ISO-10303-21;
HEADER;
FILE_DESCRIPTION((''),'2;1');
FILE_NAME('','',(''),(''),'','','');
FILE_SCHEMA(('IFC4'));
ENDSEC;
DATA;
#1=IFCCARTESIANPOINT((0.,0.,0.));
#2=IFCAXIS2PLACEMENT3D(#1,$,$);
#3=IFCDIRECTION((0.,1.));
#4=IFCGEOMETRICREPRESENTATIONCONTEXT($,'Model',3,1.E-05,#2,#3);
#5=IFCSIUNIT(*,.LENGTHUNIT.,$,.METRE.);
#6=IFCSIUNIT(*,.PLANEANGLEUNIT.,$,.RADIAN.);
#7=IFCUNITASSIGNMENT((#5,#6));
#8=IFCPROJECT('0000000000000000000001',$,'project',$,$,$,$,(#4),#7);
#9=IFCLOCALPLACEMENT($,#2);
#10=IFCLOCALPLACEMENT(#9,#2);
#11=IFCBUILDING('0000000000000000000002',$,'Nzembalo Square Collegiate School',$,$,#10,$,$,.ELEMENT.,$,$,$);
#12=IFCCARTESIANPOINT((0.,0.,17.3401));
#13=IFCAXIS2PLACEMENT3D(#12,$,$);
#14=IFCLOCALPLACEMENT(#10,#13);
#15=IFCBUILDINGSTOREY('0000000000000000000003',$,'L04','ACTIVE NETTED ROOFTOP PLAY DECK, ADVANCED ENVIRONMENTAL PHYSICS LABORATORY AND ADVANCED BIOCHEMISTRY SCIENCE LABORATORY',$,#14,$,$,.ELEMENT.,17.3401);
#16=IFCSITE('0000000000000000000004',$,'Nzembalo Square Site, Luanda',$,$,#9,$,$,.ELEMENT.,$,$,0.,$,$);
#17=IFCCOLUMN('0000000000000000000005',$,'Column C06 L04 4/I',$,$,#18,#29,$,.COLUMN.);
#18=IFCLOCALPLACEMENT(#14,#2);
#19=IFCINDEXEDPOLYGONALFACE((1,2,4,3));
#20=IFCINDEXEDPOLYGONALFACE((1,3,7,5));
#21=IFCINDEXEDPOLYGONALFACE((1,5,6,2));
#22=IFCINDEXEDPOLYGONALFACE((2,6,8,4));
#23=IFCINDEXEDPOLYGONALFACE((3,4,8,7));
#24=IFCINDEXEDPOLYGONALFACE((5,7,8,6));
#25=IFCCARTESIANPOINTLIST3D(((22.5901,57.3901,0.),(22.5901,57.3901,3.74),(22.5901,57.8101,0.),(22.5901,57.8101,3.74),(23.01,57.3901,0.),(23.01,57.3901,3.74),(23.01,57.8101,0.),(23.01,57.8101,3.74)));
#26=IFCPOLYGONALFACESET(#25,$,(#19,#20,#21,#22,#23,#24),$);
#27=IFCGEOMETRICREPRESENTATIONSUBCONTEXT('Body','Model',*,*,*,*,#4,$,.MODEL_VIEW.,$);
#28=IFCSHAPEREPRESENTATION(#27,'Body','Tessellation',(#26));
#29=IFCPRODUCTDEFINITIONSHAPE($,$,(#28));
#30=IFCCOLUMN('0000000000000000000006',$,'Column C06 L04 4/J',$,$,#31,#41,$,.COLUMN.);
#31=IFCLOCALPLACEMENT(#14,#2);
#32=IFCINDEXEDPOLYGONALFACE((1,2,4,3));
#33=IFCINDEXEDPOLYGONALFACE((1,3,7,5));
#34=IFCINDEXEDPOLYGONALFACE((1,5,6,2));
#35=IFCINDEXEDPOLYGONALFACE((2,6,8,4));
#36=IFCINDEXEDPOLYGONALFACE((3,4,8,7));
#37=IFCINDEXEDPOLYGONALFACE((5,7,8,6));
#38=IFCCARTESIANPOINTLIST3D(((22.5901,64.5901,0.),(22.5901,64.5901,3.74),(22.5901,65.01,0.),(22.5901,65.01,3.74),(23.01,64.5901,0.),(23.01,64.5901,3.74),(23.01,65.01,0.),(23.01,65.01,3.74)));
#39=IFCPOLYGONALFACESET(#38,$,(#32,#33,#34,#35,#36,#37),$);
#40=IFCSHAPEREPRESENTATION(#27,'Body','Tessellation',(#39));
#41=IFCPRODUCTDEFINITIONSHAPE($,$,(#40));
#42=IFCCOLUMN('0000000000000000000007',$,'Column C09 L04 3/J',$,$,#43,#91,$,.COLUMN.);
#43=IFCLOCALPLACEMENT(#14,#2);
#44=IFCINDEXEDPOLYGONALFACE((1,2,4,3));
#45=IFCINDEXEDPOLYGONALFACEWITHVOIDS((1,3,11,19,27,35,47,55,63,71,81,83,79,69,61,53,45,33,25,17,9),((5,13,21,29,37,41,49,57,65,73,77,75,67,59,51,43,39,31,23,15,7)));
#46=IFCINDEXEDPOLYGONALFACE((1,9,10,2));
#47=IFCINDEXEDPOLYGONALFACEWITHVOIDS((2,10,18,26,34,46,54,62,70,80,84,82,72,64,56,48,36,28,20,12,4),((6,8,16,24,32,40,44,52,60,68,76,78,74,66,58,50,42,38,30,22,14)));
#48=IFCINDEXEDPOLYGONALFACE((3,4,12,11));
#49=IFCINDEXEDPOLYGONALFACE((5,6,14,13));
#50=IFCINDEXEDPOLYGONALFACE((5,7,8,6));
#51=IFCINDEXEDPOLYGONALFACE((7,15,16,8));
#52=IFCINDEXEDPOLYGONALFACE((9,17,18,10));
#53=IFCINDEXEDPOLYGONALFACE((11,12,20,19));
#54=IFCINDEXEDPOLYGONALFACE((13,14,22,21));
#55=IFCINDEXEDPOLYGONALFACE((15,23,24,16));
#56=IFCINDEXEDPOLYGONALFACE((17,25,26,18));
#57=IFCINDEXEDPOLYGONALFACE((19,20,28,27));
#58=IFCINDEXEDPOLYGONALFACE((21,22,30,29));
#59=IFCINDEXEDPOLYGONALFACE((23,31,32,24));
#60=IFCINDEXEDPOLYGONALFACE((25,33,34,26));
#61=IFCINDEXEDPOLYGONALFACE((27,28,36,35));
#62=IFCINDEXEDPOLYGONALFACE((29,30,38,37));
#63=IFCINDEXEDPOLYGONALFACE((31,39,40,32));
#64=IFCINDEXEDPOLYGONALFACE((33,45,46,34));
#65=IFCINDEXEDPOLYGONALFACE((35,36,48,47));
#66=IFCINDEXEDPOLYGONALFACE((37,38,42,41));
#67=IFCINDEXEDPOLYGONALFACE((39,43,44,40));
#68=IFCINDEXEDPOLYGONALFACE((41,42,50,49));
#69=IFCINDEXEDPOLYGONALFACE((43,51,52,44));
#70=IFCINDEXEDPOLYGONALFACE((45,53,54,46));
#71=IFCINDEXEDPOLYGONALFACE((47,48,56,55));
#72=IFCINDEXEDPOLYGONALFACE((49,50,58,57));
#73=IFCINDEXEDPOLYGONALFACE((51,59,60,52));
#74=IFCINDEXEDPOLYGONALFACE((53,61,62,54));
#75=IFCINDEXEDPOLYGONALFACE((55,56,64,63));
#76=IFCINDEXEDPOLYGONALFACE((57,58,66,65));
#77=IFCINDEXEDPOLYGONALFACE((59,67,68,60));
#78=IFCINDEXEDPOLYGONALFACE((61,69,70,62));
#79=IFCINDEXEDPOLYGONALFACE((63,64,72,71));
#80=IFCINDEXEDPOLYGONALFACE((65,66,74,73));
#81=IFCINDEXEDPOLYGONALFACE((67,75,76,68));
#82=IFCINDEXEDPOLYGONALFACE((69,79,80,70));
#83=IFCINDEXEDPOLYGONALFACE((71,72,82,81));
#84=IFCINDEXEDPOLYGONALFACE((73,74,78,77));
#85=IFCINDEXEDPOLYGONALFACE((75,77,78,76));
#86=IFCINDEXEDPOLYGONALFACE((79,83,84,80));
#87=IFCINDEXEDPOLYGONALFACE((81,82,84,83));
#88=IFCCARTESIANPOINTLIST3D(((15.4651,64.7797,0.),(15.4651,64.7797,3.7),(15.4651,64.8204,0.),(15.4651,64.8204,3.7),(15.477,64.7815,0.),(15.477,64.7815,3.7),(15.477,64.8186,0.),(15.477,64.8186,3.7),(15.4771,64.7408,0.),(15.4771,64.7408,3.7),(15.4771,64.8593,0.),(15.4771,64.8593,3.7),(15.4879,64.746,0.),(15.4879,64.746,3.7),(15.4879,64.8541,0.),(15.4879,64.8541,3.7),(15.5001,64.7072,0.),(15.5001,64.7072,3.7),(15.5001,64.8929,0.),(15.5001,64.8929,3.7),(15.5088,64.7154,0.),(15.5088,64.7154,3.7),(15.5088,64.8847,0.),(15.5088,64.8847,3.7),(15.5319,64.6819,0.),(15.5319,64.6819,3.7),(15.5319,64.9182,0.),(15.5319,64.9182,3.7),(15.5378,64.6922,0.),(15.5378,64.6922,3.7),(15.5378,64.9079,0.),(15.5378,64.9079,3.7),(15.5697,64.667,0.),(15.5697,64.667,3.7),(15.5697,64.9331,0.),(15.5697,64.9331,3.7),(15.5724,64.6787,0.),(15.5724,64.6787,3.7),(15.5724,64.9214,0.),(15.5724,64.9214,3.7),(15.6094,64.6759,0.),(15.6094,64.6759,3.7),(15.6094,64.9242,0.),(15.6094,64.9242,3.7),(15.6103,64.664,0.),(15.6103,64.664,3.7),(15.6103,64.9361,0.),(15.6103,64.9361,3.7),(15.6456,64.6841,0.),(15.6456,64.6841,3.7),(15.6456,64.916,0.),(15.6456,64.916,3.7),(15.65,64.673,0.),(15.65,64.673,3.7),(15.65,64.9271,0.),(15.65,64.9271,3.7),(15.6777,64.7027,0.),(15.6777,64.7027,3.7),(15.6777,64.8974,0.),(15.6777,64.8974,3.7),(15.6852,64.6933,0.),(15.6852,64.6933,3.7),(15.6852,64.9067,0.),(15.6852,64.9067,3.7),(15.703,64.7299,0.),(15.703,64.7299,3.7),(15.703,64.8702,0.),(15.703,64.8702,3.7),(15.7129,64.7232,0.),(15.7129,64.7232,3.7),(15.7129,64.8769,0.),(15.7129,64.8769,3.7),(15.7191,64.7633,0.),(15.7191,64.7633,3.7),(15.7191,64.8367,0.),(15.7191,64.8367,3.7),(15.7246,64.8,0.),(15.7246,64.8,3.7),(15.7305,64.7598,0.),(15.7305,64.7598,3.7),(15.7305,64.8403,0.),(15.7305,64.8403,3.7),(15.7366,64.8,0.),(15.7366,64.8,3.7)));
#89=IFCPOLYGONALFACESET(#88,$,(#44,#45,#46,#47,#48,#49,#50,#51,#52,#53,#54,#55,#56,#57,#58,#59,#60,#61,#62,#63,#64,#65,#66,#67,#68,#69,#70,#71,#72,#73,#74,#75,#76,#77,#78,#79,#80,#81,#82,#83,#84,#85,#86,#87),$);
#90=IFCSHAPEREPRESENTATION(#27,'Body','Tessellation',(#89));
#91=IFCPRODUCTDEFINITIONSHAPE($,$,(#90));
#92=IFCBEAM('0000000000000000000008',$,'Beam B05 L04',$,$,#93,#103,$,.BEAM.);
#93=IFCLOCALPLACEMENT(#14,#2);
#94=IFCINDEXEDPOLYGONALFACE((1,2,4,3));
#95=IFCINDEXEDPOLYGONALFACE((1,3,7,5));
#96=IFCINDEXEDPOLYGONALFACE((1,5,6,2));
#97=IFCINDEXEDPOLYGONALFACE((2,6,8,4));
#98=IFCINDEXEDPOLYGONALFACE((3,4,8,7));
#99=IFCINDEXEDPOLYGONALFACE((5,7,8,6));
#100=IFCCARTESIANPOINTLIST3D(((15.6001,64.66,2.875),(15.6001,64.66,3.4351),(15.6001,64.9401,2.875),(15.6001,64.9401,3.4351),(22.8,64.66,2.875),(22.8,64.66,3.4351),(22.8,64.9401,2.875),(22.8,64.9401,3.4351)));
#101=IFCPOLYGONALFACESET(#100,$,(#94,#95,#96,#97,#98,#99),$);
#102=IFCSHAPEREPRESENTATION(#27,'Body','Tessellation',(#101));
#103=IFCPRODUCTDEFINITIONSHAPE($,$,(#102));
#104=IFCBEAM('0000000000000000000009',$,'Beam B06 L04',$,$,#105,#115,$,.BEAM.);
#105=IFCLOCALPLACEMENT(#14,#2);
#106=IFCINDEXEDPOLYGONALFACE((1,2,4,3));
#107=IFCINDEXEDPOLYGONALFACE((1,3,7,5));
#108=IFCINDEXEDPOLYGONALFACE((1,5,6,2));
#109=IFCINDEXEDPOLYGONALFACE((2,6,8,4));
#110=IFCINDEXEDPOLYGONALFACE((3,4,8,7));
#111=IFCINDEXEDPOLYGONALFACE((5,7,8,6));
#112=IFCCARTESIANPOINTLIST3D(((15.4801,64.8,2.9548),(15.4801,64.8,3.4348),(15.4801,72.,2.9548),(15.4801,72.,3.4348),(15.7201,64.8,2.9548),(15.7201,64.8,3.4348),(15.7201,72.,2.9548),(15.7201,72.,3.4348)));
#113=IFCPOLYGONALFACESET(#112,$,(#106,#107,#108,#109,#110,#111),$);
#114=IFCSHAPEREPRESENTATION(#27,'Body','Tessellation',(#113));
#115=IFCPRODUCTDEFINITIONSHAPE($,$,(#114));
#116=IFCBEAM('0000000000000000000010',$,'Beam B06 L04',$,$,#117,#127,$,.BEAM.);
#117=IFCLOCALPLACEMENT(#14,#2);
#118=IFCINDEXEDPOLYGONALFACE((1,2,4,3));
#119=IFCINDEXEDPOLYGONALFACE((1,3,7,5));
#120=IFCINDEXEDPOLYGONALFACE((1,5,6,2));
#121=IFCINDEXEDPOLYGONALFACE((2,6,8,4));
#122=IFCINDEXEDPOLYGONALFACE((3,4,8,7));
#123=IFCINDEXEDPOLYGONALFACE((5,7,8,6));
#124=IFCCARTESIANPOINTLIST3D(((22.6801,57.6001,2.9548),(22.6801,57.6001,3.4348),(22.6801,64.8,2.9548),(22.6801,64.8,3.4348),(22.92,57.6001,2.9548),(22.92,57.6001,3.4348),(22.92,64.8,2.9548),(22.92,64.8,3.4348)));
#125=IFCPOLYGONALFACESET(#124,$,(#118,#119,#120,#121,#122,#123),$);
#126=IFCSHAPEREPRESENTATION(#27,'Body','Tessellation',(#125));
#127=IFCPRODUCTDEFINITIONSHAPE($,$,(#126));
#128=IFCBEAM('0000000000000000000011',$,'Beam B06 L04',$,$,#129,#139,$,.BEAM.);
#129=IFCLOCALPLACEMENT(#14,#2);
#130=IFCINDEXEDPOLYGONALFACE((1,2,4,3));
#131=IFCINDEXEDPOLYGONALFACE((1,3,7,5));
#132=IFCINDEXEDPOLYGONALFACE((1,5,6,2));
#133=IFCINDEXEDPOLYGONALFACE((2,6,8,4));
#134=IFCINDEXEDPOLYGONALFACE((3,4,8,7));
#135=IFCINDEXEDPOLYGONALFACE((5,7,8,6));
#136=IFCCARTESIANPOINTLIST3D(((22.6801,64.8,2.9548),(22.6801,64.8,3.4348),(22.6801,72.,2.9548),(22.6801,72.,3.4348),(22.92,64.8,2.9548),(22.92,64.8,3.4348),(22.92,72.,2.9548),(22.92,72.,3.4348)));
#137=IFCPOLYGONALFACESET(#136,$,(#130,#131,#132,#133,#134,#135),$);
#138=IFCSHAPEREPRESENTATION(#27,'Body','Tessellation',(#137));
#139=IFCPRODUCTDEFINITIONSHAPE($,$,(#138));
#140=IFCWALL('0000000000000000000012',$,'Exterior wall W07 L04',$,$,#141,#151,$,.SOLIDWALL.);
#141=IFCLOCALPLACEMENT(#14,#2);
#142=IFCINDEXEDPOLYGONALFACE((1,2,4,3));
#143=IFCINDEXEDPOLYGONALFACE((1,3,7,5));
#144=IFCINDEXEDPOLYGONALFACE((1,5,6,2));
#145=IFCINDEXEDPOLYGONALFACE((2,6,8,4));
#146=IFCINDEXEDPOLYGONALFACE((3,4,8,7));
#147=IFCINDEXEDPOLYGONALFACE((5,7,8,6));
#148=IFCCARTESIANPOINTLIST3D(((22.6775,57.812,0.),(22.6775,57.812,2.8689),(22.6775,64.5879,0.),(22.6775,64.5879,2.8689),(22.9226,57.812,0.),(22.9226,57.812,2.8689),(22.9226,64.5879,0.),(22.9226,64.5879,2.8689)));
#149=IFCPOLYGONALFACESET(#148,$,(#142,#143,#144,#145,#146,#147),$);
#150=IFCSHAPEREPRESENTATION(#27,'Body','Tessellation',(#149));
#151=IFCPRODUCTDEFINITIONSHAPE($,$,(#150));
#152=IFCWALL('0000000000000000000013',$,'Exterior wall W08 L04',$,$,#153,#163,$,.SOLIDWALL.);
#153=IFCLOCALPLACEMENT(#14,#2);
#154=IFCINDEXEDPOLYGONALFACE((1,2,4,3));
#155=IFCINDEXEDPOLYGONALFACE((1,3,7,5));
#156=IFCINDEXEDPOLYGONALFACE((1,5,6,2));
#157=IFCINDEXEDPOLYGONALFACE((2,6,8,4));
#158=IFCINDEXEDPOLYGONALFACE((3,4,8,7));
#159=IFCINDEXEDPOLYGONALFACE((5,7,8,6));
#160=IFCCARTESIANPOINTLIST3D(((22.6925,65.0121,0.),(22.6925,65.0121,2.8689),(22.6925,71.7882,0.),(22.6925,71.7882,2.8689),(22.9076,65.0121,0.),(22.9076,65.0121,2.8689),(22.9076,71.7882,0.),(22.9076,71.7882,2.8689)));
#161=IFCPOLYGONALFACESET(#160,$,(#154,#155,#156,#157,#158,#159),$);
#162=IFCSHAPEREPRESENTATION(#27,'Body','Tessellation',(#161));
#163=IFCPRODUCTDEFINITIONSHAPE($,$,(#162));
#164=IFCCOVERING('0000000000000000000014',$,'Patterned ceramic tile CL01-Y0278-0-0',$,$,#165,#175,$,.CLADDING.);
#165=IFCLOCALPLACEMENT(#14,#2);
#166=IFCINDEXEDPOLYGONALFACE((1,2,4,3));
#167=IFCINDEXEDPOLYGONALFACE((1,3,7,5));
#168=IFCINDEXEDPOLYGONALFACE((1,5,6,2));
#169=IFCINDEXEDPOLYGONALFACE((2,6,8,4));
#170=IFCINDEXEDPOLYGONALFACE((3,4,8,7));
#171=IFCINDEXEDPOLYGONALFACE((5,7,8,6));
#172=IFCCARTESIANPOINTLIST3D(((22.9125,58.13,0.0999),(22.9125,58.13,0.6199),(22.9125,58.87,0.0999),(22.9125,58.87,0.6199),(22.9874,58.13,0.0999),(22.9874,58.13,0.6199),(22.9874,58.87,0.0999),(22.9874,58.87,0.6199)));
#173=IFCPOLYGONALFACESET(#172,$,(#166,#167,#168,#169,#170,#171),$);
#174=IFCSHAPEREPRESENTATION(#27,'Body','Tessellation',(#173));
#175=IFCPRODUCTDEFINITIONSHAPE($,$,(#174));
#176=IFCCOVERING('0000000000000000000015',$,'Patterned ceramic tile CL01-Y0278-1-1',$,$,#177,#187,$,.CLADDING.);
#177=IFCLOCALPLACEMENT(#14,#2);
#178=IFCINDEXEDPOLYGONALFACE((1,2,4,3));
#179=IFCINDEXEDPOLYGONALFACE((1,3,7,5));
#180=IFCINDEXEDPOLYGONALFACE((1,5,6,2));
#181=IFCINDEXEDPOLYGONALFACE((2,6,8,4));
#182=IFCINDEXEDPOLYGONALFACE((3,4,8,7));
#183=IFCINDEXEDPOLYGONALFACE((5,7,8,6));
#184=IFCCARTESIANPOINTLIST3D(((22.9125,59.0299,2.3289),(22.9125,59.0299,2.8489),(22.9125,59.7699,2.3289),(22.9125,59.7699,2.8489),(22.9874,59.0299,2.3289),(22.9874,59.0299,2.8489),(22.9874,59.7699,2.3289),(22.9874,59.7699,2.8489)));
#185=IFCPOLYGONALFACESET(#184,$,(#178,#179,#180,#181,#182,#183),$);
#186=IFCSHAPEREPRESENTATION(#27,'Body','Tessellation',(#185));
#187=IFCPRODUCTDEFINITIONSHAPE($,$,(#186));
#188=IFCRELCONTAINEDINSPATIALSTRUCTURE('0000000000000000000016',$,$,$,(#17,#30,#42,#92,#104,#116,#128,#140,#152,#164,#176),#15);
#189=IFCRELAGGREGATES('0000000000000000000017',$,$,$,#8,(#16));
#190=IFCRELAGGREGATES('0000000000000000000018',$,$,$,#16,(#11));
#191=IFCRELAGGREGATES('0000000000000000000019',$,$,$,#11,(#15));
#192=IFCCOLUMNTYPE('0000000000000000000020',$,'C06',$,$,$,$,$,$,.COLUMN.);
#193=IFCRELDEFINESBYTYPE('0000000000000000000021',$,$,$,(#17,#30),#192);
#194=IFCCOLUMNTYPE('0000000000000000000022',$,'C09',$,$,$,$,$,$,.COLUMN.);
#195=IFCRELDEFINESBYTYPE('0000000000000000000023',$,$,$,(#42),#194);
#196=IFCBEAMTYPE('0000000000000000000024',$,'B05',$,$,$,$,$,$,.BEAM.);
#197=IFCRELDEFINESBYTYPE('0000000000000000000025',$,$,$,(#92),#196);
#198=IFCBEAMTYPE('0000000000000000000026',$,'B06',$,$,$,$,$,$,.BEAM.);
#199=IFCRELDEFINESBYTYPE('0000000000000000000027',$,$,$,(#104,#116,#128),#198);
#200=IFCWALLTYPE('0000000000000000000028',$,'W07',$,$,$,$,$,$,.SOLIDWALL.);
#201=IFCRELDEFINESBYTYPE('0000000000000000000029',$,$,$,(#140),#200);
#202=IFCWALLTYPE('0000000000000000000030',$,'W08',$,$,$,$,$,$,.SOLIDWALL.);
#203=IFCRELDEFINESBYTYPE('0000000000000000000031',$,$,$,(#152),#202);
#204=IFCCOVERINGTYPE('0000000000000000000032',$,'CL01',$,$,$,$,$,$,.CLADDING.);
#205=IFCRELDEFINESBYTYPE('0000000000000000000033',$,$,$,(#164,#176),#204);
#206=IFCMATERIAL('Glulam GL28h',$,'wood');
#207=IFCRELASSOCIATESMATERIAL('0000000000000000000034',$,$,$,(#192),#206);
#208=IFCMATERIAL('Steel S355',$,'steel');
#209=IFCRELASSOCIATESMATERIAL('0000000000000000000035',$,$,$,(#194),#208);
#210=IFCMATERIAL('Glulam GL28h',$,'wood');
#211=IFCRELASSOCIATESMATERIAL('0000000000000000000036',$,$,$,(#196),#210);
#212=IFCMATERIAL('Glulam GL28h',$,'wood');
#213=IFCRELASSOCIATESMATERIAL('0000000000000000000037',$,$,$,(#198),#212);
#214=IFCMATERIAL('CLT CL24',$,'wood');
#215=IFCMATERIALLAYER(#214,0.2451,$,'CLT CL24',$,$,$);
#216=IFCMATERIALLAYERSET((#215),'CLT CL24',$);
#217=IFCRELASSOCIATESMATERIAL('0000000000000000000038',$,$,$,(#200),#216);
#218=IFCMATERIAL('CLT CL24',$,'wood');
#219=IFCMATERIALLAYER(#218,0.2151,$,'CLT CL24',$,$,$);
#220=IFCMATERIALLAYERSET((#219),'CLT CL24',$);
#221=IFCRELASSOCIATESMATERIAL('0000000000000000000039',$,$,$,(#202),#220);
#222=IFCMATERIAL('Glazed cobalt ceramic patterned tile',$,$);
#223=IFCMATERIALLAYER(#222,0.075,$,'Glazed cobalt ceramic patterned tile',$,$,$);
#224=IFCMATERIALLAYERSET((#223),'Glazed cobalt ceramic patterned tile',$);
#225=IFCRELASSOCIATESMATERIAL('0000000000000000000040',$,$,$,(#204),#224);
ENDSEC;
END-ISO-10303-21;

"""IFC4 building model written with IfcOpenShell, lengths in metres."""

from ifc_helpers import new_model, si_unit, direction, frame, frame_2d, origin, origin_2d, place, context, subcontext, project, spatial, rectangle, hollow_circle, extrude, material, layer, layer_set, material_profile, profile_set, type_object, element, save


model = new_model("IFC4")

# Units and contexts
model_context = context("Model", 3, precision=1e-05, world=origin(), true_north=direction((0.0, 1.0)))
body_context = subcontext(model_context, "Body", "Model", "MODEL_VIEW")
ifc_project = project(units=[si_unit("LENGTHUNIT", "METRE"), si_unit("PLANEANGLEUNIT", "RADIAN")], contexts=[model_context])

# Site, building, storey
site_placement = place(None, origin())
site = spatial("IfcSite", under=ifc_project, at=site_placement, Name="Nzembalo Square Site, Luanda", CompositionType="ELEMENT", RefElevation=0.0)
building_placement = place(site_placement, origin())
building = spatial("IfcBuilding", under=site, at=building_placement, Name="Nzembalo Square Collegiate School", CompositionType="ELEMENT")
storey_placement = place(building_placement, frame((0.0, 0.0, 17.3401)))
storey = spatial("IfcBuildingStorey", under=building, at=storey_placement, Name="L04", Description="ACTIVE NETTED ROOFTOP PLAY DECK, ADVANCED ENVIRONMENTAL PHYSICS LABORATORY AND ADVANCED BIOCHEMISTRY SCIENCE LABORATORY", CompositionType="ELEMENT", Elevation=17.3401)

# Columns
ifc_material_1 = material(Name="Glulam GL28h", Category="wood")
ifc_material_profile_1 = material_profile(ifc_material_1, rectangle(XDim=0.4199, YDim=0.4199, at=origin_2d()), Name="GL28h 420x420")
ifc_profile_set_1 = profile_set([ifc_material_profile_1], Name="Glulam GL28h")
column_type_1 = type_object("IfcColumnType", Name="C06", PredefinedType="COLUMN", material=ifc_profile_set_1)
for number, where, z_axis, x_axis, name in (
    (1, (22.8, 57.6001, 0.0), (0.0, 0.0, 1.0), (1.0, 0.0, 0.0), "Column C06 L04 4/I"),
    (2, (22.8, 64.8, 0.0), (0.0, 0.0, 1.0), (1.0, 0.0, 0.0), "Column C06 L04 4/J"),
):
    element("IfcColumn", number, at=place(storey_placement, frame(where, z_axis=z_axis, x_axis=x_axis)), inside=storey, type_object=column_type_1, Name=name, PredefinedType="COLUMN", context=body_context, shape_type="SweptSolid", body=[
        extrude(rectangle(XDim=0.4199, YDim=0.4199, at=origin_2d()), origin(), (0.0, 0.0, 1.0), 3.74),
    ])
ifc_material_2 = material(Name="Steel S355", Category="steel")
ifc_material_profile_2 = material_profile(ifc_material_2, hollow_circle(Radius=0.1365, WallThickness=0.012, at=origin_2d()), Name="CHS 273x12")
ifc_profile_set_2 = profile_set([ifc_material_profile_2], Name="Steel S355")
column_type_2 = type_object("IfcColumnType", Name="C09", PredefinedType="COLUMN", material=ifc_profile_set_2)
column_placement = place(storey_placement, frame((15.6001, 64.8, 0.0), z_axis=(0.0, 0.0, 1.0), x_axis=(1.0, 0.0, 0.0)))
element("IfcColumn", 3, at=column_placement, inside=storey, type_object=column_type_2, Name="Column C09 L04 3/J", PredefinedType="COLUMN", context=body_context, shape_type="SweptSolid", body=[
    extrude(hollow_circle(Radius=0.1365, WallThickness=0.012, at=origin_2d()), origin(), (0.0, 0.0, 1.0), 3.7),
])

# Beams
ifc_material_3 = material(Name="Glulam GL28h", Category="wood")
ifc_material_profile_3 = material_profile(ifc_material_3, rectangle(XDim=0.28, YDim=0.5601, at=origin_2d()), Name="GL28h 280x560")
ifc_profile_set_3 = profile_set([ifc_material_profile_3], Name="Glulam GL28h")
beam_type_1 = type_object("IfcBeamType", Name="B05", PredefinedType="BEAM", material=ifc_profile_set_3)
beam_placement = place(storey_placement, frame((15.6001, 64.8, 3.155), z_axis=(1.0, 0.0, 0.0), x_axis=(0.0, 1.0, 0.0)))
element("IfcBeam", 4, at=beam_placement, inside=storey, type_object=beam_type_1, Name="Beam B05 L04", PredefinedType="BEAM", context=body_context, shape_type="SweptSolid", body=[
    extrude(rectangle(XDim=0.28, YDim=0.5601, at=origin_2d()), origin(), (0.0, 0.0, 1.0), 7.2),
])
ifc_material_4 = material(Name="Glulam GL28h", Category="wood")
ifc_material_profile_4 = material_profile(ifc_material_4, rectangle(XDim=0.24, YDim=0.48, at=origin_2d()), Name="GL28h 240x480")
ifc_profile_set_4 = profile_set([ifc_material_profile_4], Name="Glulam GL28h")
beam_type_2 = type_object("IfcBeamType", Name="B06", PredefinedType="BEAM", material=ifc_profile_set_4)
for number, where, z_axis, x_axis, name in (
    (5, (15.6001, 64.8, 3.1948), (0.0, 1.0, 0.0), (-1.0, 0.0, 0.0), "Beam B06 L04"),
    (6, (22.8, 57.6001, 3.1948), (0.0, 1.0, 0.0), (-1.0, 0.0, 0.0), "Beam B06 L04"),
    (7, (22.8, 64.8, 3.1948), (0.0, 1.0, 0.0), (-1.0, 0.0, 0.0), "Beam B06 L04"),
):
    element("IfcBeam", number, at=place(storey_placement, frame(where, z_axis=z_axis, x_axis=x_axis)), inside=storey, type_object=beam_type_2, Name=name, PredefinedType="BEAM", context=body_context, shape_type="SweptSolid", body=[
        extrude(rectangle(XDim=0.24, YDim=0.48, at=origin_2d()), origin(), (0.0, 0.0, 1.0), 7.2),
    ])

# Walls
ifc_material_5 = material(Name="CLT CL24", Category="wood")
ifc_layer_1 = layer(ifc_material_5, 0.2451, Name="CLT CL24")
ifc_layer_set_1 = layer_set([ifc_layer_1], Name="CLT CL24")
wall_type_1 = type_object("IfcWallType", Name="W07", PredefinedType="SOLIDWALL", material=ifc_layer_set_1)
wall_1_placement = place(storey_placement, frame((22.8, 57.812, 0.0), z_axis=(0.0, 0.0, 1.0), x_axis=(0.0, 1.0, 0.0)))
element("IfcWall", 8, at=wall_1_placement, inside=storey, type_object=wall_type_1, Name="Exterior wall W07 L04", PredefinedType="SOLIDWALL", context=body_context, shape_type="SweptSolid", body=[
    extrude(rectangle(XDim=6.7759, YDim=0.2451, at=frame_2d((3.3879, 0.0))), origin(), (0.0, 0.0, 1.0), 2.8689),
])
ifc_material_6 = material(Name="CLT CL24", Category="wood")
ifc_layer_2 = layer(ifc_material_6, 0.2151, Name="CLT CL24")
ifc_layer_set_2 = layer_set([ifc_layer_2], Name="CLT CL24")
wall_type_2 = type_object("IfcWallType", Name="W08", PredefinedType="SOLIDWALL", material=ifc_layer_set_2)
wall_2_placement = place(storey_placement, frame((22.8, 65.012, 0.0), z_axis=(0.0, 0.0, 1.0), x_axis=(0.0, 1.0, 0.0)))
element("IfcWall", 9, at=wall_2_placement, inside=storey, type_object=wall_type_2, Name="Exterior wall W08 L04", PredefinedType="SOLIDWALL", context=body_context, shape_type="SweptSolid", body=[
    extrude(rectangle(XDim=6.7761, YDim=0.2151, at=frame_2d((3.3882, 0.0))), origin(), (0.0, 0.0, 1.0), 2.8689),
])

# Coverings
ifc_material_7 = material(Name="Glazed cobalt ceramic patterned tile")
ifc_layer_3 = layer(ifc_material_7, 0.075, Name="Glazed cobalt ceramic patterned tile")
ifc_layer_set_3 = layer_set([ifc_layer_3], Name="Glazed cobalt ceramic patterned tile")
covering_type_1 = type_object("IfcCoveringType", Name="CL01", PredefinedType="CLADDING", material=ifc_layer_set_3)
for number, where, z_axis, x_axis, name in (
    (10, (22.95, 58.5, 0.0999), (0.0, 0.0, 1.0), (1.0, 0.0, 0.0), "Patterned ceramic tile CL01-Y0278-0-0"),
    (11, (22.95, 59.3999, 2.3289), (0.0, 0.0, 1.0), (1.0, 0.0, 0.0), "Patterned ceramic tile CL01-Y0278-1-1"),
):
    element("IfcCovering", number, at=place(storey_placement, frame(where, z_axis=z_axis, x_axis=x_axis)), inside=storey, type_object=covering_type_1, Name=name, PredefinedType="CLADDING", context=body_context, shape_type="SweptSolid", body=[
        extrude(rectangle(XDim=0.075, YDim=0.74, at=origin_2d()), origin(), (0.0, 0.0, 1.0), 0.52),
    ])

save(model, "model.ifc")
